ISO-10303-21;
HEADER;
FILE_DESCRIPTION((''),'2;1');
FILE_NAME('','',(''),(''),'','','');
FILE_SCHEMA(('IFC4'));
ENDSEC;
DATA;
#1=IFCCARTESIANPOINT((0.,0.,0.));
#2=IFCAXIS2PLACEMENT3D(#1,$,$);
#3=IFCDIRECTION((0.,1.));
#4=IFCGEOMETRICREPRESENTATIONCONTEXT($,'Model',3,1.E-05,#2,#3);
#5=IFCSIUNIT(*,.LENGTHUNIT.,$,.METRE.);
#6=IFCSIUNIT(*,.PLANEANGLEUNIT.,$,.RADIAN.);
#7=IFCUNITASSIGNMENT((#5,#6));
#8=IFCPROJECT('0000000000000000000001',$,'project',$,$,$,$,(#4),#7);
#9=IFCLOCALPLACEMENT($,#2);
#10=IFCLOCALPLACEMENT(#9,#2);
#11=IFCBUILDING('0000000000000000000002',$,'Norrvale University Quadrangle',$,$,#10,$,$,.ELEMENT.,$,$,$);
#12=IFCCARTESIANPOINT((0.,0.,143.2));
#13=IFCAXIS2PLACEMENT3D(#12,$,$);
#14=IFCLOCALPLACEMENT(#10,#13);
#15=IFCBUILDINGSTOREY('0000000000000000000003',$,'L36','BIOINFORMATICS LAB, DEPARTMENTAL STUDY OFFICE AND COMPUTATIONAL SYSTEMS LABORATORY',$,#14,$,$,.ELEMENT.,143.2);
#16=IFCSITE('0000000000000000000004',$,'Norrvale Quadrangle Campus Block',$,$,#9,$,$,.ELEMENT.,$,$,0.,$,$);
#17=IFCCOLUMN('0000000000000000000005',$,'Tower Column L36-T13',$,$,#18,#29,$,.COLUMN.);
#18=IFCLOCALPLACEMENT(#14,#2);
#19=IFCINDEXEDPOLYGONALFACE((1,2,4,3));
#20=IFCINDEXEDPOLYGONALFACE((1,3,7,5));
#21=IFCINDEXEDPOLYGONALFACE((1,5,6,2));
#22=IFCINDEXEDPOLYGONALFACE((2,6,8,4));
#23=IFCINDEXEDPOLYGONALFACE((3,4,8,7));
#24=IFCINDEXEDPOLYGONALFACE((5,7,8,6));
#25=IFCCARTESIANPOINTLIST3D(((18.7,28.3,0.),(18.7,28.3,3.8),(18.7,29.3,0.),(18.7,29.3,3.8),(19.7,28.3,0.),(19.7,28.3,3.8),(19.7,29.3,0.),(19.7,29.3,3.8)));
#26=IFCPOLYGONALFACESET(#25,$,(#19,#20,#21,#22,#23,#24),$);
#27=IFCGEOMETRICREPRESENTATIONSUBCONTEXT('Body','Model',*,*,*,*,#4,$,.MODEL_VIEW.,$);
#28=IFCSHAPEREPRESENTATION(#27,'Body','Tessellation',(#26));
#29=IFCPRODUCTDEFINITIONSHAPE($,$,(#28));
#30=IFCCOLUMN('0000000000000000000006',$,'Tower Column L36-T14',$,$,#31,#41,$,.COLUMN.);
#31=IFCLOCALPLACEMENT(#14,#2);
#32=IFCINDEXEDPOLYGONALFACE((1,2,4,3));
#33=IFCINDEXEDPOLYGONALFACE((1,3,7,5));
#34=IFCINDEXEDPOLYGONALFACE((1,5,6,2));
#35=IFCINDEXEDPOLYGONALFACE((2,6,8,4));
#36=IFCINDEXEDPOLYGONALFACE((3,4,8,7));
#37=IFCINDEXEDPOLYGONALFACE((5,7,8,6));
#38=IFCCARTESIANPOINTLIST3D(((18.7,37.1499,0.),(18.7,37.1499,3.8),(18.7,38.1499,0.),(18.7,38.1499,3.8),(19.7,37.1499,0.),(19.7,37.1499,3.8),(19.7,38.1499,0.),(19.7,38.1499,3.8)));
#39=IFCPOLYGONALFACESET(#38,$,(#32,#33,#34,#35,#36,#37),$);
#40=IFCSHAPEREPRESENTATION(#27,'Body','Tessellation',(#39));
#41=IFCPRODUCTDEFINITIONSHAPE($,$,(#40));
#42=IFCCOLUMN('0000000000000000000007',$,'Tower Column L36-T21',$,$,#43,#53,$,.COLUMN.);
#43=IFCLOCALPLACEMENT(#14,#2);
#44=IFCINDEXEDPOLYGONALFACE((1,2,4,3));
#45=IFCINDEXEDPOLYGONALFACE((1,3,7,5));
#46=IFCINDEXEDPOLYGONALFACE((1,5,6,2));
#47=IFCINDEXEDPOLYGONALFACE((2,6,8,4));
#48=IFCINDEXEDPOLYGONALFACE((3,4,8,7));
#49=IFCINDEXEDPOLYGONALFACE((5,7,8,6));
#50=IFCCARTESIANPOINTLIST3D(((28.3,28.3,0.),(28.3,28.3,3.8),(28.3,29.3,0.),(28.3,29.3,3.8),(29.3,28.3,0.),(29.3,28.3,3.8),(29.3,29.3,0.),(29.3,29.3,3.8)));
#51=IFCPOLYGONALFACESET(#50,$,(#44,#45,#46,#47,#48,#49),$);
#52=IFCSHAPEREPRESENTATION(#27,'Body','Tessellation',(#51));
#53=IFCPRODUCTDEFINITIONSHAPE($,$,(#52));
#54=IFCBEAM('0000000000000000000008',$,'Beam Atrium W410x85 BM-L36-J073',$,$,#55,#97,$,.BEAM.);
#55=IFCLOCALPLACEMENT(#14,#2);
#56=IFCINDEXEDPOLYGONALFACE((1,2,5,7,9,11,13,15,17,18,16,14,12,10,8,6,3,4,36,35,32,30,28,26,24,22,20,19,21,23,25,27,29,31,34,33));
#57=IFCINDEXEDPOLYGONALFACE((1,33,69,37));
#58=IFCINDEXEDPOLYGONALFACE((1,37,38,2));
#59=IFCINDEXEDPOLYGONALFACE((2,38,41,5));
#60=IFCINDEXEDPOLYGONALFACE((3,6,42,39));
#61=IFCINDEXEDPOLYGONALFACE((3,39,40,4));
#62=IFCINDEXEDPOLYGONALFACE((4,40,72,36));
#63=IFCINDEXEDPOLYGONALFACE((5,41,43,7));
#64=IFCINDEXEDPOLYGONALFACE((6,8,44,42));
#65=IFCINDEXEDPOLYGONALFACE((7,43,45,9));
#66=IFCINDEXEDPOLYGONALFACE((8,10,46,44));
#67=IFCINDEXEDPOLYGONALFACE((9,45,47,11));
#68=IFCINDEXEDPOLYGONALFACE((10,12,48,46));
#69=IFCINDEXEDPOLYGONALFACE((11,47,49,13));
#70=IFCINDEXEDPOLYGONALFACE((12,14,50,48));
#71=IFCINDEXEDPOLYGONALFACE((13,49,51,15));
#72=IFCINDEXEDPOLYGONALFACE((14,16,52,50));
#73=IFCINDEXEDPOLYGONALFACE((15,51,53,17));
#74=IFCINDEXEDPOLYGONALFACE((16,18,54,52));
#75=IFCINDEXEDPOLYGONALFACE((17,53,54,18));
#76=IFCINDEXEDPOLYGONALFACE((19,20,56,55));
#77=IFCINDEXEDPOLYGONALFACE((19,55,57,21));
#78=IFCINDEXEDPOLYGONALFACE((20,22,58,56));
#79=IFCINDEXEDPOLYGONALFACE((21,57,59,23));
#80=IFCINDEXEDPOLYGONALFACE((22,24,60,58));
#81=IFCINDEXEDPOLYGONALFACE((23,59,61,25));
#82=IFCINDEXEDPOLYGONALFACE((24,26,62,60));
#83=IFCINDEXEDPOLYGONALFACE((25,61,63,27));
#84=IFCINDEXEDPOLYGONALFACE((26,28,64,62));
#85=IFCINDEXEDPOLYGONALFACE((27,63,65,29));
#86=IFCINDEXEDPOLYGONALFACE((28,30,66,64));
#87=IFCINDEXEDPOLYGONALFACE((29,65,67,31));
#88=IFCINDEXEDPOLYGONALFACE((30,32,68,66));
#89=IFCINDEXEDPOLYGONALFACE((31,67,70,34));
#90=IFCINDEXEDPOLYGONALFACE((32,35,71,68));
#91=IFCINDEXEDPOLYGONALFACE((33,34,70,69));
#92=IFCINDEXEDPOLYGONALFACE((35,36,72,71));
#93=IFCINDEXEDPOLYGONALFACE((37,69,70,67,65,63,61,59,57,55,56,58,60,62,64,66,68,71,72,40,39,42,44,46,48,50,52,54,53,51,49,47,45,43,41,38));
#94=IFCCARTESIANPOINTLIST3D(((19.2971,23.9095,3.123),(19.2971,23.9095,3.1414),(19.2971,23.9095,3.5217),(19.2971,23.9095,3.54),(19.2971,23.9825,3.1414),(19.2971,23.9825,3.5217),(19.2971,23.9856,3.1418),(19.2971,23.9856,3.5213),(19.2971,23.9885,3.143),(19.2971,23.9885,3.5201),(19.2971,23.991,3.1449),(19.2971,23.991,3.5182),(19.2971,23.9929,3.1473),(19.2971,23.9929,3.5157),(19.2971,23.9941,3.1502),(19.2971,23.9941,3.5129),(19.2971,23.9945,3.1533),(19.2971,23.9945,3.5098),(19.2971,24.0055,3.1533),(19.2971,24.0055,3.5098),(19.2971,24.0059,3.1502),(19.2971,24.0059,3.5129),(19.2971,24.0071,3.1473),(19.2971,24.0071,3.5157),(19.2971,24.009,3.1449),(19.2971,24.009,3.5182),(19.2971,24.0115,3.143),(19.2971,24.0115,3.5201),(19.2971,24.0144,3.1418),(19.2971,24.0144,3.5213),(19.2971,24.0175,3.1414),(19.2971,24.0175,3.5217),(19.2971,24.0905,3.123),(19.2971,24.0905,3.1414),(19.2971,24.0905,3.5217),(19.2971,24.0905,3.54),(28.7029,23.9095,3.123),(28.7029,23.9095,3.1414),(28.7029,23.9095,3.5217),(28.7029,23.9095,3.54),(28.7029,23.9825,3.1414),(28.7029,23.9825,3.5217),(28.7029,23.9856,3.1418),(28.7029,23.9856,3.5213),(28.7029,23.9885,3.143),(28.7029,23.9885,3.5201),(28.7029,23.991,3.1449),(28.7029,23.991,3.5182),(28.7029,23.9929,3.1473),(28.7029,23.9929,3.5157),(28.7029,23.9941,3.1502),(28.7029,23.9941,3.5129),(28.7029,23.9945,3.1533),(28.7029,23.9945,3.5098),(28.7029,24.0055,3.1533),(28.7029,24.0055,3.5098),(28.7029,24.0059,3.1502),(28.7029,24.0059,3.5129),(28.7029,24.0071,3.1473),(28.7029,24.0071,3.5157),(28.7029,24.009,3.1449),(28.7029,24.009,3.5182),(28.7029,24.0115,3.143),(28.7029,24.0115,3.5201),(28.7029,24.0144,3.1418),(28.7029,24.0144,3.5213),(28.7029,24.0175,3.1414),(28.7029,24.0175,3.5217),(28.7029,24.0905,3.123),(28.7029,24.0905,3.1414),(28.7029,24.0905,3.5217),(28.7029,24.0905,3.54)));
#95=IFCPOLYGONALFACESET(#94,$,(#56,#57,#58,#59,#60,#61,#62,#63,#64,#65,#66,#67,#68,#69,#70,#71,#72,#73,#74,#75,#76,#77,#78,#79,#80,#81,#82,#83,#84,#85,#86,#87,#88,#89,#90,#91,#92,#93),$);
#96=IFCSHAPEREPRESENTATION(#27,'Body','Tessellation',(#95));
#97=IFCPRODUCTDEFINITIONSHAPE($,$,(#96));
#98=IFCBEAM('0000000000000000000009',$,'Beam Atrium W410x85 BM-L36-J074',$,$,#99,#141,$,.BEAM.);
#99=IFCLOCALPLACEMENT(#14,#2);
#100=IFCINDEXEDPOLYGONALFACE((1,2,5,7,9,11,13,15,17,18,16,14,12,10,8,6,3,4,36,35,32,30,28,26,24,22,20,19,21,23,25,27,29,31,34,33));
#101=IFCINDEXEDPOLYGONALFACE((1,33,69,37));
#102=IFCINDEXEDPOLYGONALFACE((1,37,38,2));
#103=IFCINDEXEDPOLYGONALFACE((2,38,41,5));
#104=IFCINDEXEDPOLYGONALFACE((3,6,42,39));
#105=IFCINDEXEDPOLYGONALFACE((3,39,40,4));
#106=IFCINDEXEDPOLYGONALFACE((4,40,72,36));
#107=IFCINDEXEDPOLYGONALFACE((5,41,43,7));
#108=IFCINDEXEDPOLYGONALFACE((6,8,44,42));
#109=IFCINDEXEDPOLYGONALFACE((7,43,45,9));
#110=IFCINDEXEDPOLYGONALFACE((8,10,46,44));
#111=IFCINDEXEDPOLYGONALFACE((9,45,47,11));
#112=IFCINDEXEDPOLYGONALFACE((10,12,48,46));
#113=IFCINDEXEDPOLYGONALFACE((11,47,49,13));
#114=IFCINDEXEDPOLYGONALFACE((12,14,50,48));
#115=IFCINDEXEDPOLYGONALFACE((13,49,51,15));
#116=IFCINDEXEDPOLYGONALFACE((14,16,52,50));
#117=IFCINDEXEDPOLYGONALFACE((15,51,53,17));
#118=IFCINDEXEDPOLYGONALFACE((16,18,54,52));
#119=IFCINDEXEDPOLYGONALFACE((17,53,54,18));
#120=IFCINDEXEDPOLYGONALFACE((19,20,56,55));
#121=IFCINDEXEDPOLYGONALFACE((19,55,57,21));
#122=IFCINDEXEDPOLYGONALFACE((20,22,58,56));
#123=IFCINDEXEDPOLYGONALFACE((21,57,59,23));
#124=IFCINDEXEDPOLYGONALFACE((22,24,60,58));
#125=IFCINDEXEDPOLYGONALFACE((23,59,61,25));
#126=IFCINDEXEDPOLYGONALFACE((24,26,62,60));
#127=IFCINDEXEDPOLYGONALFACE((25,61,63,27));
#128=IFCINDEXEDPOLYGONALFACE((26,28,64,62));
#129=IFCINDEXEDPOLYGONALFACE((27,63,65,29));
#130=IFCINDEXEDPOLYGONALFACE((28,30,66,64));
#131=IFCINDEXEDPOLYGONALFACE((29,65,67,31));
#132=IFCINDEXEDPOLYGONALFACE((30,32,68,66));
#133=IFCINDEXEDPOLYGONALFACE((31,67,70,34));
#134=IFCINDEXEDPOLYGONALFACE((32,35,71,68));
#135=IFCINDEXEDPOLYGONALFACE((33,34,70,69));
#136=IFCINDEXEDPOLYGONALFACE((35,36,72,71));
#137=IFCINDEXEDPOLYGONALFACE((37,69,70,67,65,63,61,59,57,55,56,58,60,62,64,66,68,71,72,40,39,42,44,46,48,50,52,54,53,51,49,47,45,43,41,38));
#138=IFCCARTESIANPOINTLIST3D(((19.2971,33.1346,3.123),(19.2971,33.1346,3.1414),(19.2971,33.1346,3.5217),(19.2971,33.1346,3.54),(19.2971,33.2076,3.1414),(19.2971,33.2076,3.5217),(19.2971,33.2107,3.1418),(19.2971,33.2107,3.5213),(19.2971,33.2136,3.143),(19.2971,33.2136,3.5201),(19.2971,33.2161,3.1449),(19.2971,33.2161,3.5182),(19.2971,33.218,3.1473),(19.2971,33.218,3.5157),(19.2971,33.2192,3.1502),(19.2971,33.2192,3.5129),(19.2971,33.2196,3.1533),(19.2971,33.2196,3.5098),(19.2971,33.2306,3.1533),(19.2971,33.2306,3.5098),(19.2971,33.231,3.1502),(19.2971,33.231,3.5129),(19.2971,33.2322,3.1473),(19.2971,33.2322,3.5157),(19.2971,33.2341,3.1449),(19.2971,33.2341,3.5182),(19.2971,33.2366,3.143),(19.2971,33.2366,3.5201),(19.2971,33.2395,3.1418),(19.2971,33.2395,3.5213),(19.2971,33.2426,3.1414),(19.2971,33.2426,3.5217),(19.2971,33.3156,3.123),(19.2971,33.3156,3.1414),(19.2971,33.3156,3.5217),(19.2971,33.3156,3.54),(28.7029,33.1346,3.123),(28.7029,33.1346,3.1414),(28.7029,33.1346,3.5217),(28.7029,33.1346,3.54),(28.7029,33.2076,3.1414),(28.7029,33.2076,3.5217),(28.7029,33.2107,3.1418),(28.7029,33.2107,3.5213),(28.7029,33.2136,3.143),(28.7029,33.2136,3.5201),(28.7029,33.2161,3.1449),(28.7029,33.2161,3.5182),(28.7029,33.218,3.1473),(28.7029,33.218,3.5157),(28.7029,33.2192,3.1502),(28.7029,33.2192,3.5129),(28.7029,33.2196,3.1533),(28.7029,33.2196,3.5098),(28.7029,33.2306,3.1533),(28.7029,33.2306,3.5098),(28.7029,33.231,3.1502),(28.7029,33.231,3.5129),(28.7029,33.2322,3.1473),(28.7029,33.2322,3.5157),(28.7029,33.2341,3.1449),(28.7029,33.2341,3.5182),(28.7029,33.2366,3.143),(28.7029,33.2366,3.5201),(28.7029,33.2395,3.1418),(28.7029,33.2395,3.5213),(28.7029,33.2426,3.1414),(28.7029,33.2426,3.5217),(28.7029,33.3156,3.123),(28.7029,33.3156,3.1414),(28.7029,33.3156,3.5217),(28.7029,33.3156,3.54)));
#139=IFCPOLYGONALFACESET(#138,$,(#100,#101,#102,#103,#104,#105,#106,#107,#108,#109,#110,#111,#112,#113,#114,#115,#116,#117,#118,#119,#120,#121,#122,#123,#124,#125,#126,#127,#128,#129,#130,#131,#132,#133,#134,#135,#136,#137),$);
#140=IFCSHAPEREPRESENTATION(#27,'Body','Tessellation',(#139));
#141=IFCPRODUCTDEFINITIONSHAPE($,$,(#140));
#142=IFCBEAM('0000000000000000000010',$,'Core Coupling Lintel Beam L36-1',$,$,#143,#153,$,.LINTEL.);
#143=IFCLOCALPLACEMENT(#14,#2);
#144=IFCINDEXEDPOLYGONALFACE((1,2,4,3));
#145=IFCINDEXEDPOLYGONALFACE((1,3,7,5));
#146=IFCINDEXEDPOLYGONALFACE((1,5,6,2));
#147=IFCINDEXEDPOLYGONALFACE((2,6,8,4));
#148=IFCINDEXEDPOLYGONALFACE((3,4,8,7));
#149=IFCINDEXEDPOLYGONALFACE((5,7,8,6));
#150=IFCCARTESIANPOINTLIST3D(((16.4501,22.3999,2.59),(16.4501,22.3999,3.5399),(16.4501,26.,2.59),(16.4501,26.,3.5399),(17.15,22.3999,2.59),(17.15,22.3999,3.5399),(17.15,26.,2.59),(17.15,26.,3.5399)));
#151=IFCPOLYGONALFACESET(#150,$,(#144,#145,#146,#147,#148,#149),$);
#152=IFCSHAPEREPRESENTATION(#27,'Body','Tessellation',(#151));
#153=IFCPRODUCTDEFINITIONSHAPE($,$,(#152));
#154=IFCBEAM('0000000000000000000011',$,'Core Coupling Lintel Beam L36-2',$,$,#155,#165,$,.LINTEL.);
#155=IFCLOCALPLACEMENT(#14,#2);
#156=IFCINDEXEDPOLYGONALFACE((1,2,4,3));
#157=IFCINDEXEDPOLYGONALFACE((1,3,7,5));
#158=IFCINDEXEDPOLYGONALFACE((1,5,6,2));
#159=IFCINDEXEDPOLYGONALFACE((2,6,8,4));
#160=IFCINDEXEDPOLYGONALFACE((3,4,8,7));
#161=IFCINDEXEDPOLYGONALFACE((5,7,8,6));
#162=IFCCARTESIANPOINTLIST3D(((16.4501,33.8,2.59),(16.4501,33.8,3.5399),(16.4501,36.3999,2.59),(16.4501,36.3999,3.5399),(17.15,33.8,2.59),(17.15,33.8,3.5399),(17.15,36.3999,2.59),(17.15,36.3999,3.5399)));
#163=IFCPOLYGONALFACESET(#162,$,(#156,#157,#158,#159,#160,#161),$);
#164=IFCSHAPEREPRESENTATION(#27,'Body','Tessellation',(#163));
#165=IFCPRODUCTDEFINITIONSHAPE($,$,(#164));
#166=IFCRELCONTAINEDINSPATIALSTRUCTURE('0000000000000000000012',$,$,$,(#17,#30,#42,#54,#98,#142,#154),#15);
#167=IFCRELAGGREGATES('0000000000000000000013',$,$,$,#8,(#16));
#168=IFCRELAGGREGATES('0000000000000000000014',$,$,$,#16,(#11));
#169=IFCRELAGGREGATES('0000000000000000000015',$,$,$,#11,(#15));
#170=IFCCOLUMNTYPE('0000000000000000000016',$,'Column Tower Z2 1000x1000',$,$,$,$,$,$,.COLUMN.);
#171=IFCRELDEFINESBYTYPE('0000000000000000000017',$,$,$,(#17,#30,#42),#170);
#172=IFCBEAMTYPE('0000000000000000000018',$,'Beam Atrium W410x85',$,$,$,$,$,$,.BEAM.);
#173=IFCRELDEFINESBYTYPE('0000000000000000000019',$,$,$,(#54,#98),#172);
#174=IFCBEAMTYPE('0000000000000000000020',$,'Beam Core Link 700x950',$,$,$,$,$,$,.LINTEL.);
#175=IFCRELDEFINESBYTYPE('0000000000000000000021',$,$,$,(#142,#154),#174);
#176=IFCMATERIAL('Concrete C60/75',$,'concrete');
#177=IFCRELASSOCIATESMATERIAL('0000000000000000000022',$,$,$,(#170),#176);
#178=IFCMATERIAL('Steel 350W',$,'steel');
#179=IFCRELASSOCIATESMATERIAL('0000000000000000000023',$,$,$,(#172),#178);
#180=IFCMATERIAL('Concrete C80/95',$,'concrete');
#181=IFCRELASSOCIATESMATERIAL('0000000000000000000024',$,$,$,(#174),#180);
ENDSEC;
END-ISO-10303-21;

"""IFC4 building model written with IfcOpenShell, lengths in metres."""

from ifc_helpers import new_model, si_unit, direction, frame, origin, origin_2d, place, context, subcontext, project, spatial, rectangle, i_section, extrude, material, material_profile, profile_set, type_object, element, save


model = new_model("IFC4")

# Units and contexts
model_context = context("Model", 3, precision=1e-05, world=origin(), true_north=direction((0.0, 1.0)))
body_context = subcontext(model_context, "Body", "Model", "MODEL_VIEW")
ifc_project = project(units=[si_unit("LENGTHUNIT", "METRE"), si_unit("PLANEANGLEUNIT", "RADIAN")], contexts=[model_context])

# Site, building, storey
site_placement = place(None, origin())
site = spatial("IfcSite", under=ifc_project, at=site_placement, Name="Norrvale Quadrangle Campus Block", CompositionType="ELEMENT", RefElevation=0.0)
building_placement = place(site_placement, origin())
building = spatial("IfcBuilding", under=site, at=building_placement, Name="Norrvale University Quadrangle", CompositionType="ELEMENT")
storey_placement = place(building_placement, frame((0.0, 0.0, 143.2)))
storey = spatial("IfcBuildingStorey", under=building, at=storey_placement, Name="L36", Description="BIOINFORMATICS LAB, DEPARTMENTAL STUDY OFFICE AND COMPUTATIONAL SYSTEMS LABORATORY", CompositionType="ELEMENT", Elevation=143.2)

# Columns
ifc_material_1 = material(Name="Concrete C60/75", Category="concrete")
ifc_material_profile_1 = material_profile(ifc_material_1, rectangle(XDim=1.0, YDim=1.0, at=origin_2d()), Name="Concrete C60/75")
ifc_profile_set_1 = profile_set([ifc_material_profile_1], Name="Concrete C60/75")
column_type = type_object("IfcColumnType", Name="Column Tower Z2 1000x1000", PredefinedType="COLUMN", material=ifc_profile_set_1)
for number, where, z_axis, x_axis, name in (
    (1, (19.2, 28.8, 0.0), (0.0, 0.0, 1.0), (1.0, 0.0, 0.0), "Tower Column L36-T13"),
    (2, (19.2, 37.6499, 0.0), (0.0, 0.0, 1.0), (1.0, 0.0, 0.0), "Tower Column L36-T14"),
    (3, (28.8, 28.8, 0.0), (0.0, 0.0, 1.0), (1.0, 0.0, 0.0), "Tower Column L36-T21"),
):
    element("IfcColumn", number, at=place(storey_placement, frame(where, z_axis=z_axis, x_axis=x_axis)), inside=storey, type_object=column_type, Name=name, PredefinedType="COLUMN", context=body_context, shape_type="SweptSolid", body=[
        extrude(rectangle(XDim=1.0, YDim=1.0, at=origin_2d()), origin(), (0.0, 0.0, 1.0), 3.8),
    ])

# Beams
ifc_material_2 = material(Name="Steel 350W", Category="steel")
ifc_material_profile_2 = material_profile(ifc_material_2, i_section(OverallWidth=0.1809, OverallDepth=0.417, WebThickness=0.011, FlangeThickness=0.0183, FilletRadius=0.012, at=origin_2d()), Name="Steel 350W")
ifc_profile_set_2 = profile_set([ifc_material_profile_2], Name="Steel 350W")
beam_type_1 = type_object("IfcBeamType", Name="Beam Atrium W410x85", PredefinedType="BEAM", material=ifc_profile_set_2)
for number, where, z_axis, x_axis, name in (
    (4, (19.2971, 24.0, 3.3315), (1.0, 0.0, 0.0), (0.0, 1.0, 0.0), "Beam Atrium W410x85 BM-L36-J073"),
    (5, (19.2971, 33.2251, 3.3315), (1.0, 0.0, 0.0), (0.0, 1.0, 0.0), "Beam Atrium W410x85 BM-L36-J074"),
):
    element("IfcBeam", number, at=place(storey_placement, frame(where, z_axis=z_axis, x_axis=x_axis)), inside=storey, type_object=beam_type_1, Name=name, PredefinedType="BEAM", context=body_context, shape_type="SweptSolid", body=[
        extrude(i_section(OverallWidth=0.1809, OverallDepth=0.417, WebThickness=0.011, FlangeThickness=0.0183, FilletRadius=0.012, at=origin_2d()), origin(), (0.0, 0.0, 1.0), 9.4058),
    ])
ifc_material_3 = material(Name="Concrete C80/95", Category="concrete")
ifc_material_profile_3 = material_profile(ifc_material_3, rectangle(XDim=0.7, YDim=0.95, at=origin_2d()), Name="Concrete C80/95")
ifc_profile_set_3 = profile_set([ifc_material_profile_3], Name="Concrete C80/95")
beam_type_2 = type_object("IfcBeamType", Name="Beam Core Link 700x950", PredefinedType="LINTEL", material=ifc_profile_set_3)
beam_1_placement = place(storey_placement, frame((16.8, 22.3999, 3.0649), z_axis=(0.0, 1.0, 0.0), x_axis=(-1.0, 0.0, 0.0)))
element("IfcBeam", 6, at=beam_1_placement, inside=storey, type_object=beam_type_2, Name="Core Coupling Lintel Beam L36-1", PredefinedType="LINTEL", context=body_context, shape_type="SweptSolid", body=[
    extrude(rectangle(XDim=0.7, YDim=0.95, at=origin_2d()), origin(), (0.0, 0.0, 1.0), 3.6001),
])
beam_2_placement = place(storey_placement, frame((16.8, 33.8, 3.0649), z_axis=(0.0, 1.0, 0.0), x_axis=(-1.0, 0.0, 0.0)))
element("IfcBeam", 7, at=beam_2_placement, inside=storey, type_object=beam_type_2, Name="Core Coupling Lintel Beam L36-2", PredefinedType="LINTEL", context=body_context, shape_type="SweptSolid", body=[
    extrude(rectangle(XDim=0.7, YDim=0.95, at=origin_2d()), origin(), (0.0, 0.0, 1.0), 2.5999),
])

save(model, "model.ifc")
